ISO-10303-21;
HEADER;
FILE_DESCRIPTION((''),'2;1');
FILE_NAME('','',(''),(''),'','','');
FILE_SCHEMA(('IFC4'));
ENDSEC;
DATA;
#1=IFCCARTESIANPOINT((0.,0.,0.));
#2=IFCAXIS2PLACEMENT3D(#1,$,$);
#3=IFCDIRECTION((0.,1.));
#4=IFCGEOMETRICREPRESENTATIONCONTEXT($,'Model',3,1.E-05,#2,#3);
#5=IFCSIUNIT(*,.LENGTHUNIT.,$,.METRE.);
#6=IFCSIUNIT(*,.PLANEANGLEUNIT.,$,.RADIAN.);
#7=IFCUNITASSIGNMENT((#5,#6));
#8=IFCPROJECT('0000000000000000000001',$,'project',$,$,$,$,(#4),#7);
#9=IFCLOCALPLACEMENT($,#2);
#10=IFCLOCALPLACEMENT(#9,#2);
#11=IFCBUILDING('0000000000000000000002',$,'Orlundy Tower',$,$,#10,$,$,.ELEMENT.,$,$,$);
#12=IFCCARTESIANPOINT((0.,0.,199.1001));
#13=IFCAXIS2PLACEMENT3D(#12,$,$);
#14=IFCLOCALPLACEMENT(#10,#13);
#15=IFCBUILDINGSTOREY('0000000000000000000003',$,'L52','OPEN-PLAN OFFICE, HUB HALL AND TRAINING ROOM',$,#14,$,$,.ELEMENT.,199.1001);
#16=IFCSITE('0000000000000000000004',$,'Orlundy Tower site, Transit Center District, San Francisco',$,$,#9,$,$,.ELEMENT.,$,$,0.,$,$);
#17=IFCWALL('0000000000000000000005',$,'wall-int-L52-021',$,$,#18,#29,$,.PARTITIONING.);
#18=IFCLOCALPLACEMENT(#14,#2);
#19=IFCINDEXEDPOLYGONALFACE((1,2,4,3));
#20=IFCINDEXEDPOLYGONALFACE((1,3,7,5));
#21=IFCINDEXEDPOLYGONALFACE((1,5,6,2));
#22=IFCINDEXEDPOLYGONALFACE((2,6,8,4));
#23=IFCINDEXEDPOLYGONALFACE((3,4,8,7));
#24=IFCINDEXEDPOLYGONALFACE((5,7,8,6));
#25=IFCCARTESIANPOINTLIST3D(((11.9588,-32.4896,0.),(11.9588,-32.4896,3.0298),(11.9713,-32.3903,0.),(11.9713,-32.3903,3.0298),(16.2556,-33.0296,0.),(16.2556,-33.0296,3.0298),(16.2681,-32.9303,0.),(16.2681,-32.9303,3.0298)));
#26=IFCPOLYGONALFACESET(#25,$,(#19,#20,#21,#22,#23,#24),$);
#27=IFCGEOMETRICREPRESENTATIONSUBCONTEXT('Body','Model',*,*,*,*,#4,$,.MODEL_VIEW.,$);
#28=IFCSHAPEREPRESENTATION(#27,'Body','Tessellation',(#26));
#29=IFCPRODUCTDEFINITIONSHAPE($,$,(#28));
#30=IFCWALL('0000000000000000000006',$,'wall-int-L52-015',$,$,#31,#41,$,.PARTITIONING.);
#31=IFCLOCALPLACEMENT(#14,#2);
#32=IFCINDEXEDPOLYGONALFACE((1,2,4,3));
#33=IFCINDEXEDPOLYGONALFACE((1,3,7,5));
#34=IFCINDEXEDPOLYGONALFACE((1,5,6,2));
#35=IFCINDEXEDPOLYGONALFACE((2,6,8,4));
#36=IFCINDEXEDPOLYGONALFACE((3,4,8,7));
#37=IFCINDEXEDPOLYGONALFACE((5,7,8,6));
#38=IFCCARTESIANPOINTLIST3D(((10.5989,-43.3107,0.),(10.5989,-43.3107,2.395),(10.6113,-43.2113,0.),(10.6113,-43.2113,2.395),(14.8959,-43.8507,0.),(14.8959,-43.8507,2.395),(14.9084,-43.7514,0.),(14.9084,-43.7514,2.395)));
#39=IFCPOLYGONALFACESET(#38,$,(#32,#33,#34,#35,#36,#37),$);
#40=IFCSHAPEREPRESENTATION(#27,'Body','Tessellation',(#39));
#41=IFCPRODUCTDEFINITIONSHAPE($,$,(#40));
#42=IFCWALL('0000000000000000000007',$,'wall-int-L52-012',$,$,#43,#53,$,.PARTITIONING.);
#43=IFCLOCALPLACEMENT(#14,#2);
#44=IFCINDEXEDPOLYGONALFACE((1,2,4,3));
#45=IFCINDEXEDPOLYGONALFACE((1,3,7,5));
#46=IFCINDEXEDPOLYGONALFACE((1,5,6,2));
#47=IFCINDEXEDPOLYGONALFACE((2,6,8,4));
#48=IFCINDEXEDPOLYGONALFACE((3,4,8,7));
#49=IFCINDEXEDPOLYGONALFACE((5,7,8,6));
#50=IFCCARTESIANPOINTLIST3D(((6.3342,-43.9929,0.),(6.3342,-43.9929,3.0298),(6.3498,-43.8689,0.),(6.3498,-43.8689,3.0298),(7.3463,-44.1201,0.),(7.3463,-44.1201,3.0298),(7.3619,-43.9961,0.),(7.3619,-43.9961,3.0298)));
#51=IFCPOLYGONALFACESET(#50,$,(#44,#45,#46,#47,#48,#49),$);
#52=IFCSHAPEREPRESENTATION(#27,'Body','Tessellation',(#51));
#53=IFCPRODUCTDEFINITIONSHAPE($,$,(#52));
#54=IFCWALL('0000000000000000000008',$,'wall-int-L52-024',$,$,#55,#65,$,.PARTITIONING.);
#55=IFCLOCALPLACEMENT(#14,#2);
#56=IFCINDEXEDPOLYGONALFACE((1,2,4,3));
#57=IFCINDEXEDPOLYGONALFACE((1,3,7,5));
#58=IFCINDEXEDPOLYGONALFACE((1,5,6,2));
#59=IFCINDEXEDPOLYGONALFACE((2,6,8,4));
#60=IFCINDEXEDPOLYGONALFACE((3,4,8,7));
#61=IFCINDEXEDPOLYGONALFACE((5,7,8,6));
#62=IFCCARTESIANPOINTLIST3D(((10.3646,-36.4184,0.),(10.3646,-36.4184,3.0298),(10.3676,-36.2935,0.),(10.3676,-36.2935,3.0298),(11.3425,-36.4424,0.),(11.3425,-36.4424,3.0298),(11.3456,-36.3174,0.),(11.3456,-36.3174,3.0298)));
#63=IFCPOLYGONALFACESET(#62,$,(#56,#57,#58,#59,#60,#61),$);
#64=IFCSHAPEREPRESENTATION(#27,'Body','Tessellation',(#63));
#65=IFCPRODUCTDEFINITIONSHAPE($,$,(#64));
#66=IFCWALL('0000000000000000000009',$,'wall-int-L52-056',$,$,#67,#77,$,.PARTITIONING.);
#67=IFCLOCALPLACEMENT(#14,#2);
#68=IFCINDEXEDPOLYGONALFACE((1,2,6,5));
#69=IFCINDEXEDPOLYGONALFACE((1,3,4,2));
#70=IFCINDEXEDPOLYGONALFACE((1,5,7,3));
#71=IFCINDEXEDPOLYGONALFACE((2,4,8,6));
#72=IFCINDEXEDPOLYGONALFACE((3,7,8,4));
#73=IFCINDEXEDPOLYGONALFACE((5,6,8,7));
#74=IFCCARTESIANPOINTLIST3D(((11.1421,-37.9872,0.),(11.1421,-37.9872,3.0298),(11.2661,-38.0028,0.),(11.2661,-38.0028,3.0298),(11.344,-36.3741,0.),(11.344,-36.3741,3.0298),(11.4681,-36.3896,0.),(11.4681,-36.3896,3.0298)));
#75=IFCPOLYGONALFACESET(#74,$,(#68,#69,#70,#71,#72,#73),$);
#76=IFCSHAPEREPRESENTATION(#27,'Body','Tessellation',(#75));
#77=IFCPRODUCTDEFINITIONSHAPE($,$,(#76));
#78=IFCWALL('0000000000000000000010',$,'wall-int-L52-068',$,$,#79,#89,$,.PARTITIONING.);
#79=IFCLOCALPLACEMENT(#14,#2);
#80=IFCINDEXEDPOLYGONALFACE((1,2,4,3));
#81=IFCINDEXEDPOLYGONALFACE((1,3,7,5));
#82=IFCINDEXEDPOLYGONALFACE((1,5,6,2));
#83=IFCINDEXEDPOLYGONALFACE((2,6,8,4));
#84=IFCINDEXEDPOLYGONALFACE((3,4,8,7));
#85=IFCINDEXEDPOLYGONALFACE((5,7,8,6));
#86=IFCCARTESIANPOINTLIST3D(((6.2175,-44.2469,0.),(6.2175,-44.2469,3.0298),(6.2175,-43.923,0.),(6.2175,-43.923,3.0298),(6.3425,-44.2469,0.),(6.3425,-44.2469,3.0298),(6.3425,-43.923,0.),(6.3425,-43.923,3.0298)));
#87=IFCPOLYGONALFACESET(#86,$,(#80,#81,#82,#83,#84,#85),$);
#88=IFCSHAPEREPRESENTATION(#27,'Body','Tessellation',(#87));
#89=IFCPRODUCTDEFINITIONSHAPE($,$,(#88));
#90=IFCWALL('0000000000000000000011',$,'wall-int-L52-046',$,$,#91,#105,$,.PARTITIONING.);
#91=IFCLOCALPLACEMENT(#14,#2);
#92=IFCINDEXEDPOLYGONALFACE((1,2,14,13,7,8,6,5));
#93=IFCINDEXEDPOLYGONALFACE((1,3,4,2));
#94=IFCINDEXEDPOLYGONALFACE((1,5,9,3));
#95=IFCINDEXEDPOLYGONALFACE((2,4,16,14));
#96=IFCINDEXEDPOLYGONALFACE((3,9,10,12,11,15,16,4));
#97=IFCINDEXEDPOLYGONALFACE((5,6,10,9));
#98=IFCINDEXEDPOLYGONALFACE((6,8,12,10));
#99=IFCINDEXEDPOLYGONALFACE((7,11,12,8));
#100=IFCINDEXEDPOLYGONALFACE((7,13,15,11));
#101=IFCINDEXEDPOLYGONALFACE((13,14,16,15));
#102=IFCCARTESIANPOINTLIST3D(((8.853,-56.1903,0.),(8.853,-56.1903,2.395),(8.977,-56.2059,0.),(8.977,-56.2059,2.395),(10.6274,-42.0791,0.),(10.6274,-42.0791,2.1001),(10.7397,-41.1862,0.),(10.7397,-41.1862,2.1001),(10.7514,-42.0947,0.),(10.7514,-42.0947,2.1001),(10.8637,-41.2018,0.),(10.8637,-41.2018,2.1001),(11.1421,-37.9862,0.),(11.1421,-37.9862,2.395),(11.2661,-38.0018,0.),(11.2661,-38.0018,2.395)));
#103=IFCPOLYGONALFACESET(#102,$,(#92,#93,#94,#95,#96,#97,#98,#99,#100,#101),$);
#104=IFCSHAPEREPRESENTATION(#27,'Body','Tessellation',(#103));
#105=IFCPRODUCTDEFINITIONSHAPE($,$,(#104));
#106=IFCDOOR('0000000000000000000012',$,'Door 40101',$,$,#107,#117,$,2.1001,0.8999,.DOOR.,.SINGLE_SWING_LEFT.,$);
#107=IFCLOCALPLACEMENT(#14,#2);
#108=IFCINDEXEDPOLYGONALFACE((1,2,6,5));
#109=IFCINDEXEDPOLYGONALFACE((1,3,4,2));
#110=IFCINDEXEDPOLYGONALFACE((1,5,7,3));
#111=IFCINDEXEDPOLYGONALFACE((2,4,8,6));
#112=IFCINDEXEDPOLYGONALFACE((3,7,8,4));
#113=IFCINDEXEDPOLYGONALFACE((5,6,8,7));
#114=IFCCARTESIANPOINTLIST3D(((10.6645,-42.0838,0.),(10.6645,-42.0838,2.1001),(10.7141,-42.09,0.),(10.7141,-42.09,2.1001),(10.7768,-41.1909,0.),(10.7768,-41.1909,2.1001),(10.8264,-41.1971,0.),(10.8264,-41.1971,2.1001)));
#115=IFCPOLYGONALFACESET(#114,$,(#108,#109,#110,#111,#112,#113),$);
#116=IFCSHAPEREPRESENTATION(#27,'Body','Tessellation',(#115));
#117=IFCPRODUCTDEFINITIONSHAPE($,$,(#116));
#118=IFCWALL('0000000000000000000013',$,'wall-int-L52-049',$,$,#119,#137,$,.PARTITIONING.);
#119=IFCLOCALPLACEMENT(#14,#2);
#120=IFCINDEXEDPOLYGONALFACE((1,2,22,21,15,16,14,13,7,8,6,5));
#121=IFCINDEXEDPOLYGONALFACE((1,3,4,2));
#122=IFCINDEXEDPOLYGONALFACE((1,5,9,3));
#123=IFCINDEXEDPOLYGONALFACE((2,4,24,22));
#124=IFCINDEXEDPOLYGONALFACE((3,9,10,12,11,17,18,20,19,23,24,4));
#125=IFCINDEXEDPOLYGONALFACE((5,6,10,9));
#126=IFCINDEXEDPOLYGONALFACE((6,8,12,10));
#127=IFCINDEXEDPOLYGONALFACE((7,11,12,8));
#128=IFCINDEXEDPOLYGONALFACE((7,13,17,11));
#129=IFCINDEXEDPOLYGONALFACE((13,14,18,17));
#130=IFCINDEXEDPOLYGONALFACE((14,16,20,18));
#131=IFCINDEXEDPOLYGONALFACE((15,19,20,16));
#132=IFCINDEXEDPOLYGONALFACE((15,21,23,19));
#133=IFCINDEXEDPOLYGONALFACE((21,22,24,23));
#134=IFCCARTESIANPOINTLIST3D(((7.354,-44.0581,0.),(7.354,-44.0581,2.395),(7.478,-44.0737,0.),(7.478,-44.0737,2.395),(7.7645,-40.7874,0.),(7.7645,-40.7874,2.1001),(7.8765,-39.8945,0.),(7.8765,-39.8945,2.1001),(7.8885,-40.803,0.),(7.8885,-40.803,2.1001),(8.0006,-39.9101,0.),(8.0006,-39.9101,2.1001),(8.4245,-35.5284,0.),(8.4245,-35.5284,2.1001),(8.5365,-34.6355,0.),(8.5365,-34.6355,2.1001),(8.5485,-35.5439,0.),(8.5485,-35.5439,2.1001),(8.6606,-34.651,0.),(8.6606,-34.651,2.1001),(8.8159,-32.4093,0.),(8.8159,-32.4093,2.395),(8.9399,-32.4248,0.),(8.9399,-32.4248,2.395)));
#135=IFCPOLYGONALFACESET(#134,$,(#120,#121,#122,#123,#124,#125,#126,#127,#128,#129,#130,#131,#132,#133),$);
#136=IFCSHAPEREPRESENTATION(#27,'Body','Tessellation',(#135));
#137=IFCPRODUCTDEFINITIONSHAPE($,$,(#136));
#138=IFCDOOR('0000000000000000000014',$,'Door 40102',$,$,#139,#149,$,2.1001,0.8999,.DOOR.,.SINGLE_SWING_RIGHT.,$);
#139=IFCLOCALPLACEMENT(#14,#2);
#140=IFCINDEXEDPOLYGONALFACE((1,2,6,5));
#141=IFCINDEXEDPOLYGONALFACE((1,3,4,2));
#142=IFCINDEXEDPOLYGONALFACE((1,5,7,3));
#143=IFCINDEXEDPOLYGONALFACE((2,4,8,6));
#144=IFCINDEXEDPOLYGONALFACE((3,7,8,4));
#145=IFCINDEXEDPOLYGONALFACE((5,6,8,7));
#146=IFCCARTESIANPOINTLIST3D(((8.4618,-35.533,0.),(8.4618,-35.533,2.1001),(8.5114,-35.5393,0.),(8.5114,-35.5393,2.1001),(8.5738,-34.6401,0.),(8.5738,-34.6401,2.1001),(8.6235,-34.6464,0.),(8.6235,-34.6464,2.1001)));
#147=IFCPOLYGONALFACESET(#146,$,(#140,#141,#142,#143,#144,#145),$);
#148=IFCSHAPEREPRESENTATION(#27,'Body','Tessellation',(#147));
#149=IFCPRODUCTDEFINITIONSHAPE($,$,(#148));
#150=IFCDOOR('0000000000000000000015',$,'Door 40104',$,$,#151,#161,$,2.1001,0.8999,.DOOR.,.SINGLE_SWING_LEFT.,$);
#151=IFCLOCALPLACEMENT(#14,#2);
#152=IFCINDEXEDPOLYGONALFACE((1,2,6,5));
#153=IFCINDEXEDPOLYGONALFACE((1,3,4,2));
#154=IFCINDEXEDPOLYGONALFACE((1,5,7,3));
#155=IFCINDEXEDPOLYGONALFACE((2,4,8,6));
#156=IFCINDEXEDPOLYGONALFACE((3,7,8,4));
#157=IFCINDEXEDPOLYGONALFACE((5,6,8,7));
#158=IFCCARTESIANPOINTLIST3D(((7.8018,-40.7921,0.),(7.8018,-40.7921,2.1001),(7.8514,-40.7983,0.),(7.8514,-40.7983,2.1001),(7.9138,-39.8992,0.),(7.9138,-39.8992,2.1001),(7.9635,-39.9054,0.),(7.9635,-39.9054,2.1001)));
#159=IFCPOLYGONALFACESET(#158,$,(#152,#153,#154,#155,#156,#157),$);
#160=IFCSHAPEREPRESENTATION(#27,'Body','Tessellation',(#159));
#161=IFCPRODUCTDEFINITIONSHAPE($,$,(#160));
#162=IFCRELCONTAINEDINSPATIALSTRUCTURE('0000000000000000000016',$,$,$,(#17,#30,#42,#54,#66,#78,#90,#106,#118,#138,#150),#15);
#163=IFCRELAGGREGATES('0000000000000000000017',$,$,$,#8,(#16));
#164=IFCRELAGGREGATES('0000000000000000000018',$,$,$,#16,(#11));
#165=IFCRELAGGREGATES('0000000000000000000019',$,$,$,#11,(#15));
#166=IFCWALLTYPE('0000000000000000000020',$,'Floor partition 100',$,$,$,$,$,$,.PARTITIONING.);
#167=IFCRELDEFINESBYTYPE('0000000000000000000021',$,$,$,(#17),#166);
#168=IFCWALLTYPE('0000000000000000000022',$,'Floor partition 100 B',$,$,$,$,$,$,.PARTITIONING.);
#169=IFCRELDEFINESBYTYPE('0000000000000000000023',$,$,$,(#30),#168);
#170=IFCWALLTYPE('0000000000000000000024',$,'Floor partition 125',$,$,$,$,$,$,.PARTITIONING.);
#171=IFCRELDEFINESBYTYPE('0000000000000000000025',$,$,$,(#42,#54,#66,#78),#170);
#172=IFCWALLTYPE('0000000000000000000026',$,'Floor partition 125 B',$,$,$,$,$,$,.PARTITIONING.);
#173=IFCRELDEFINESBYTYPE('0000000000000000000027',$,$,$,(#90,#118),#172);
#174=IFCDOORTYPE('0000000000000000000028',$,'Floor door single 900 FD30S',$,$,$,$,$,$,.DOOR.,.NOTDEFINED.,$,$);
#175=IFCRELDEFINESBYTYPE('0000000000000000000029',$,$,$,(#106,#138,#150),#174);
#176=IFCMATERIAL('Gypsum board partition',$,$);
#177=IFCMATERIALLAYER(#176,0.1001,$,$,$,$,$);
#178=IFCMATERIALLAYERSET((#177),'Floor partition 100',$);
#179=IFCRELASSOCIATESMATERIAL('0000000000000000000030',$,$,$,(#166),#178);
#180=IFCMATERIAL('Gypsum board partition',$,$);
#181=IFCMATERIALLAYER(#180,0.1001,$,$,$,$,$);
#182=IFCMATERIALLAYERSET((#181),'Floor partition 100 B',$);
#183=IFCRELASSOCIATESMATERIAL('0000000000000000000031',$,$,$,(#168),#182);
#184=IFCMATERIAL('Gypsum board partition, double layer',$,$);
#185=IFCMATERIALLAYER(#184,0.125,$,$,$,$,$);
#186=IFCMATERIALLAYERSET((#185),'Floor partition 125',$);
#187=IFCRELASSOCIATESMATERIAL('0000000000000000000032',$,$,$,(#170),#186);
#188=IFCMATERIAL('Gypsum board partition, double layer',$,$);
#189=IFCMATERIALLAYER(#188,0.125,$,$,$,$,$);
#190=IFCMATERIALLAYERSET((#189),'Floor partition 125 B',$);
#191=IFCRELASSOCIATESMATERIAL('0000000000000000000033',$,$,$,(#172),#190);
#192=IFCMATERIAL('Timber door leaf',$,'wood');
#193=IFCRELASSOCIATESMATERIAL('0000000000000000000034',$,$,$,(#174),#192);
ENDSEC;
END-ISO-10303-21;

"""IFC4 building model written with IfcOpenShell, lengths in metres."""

from ifc_helpers import new_model, si_unit, direction, frame, frame_2d, origin, place, context, subcontext, project, spatial, rectangle, extrude, material, layer, layer_set, type_object, element, fill, save


model = new_model("IFC4")

# Units and contexts
model_context = context("Model", 3, precision=1e-05, world=origin(), true_north=direction((0.0, 1.0)))
body_context = subcontext(model_context, "Body", "Model", "MODEL_VIEW")
ifc_project = project(units=[si_unit("LENGTHUNIT", "METRE"), si_unit("PLANEANGLEUNIT", "RADIAN")], contexts=[model_context])

# Site, building, storey
site_placement = place(None, origin())
site = spatial("IfcSite", under=ifc_project, at=site_placement, Name="Orlundy Tower site, Transit Center District, San Francisco", CompositionType="ELEMENT", RefElevation=0.0)
building_placement = place(site_placement, origin())
building = spatial("IfcBuilding", under=site, at=building_placement, Name="Orlundy Tower", CompositionType="ELEMENT")
storey_placement = place(building_placement, frame((0.0, 0.0, 199.1001)))
storey = spatial("IfcBuildingStorey", under=building, at=storey_placement, Name="L52", Description="OPEN-PLAN OFFICE, HUB HALL AND TRAINING ROOM", CompositionType="ELEMENT", Elevation=199.1001)

# Walls
ifc_material_1 = material(Name="Gypsum board partition")
ifc_layer_1 = layer(ifc_material_1, 0.1001)
ifc_layer_set_1 = layer_set([ifc_layer_1], Name="Floor partition 100")
wall_type_1 = type_object("IfcWallType", Name="Floor partition 100", PredefinedType="PARTITIONING", material=ifc_layer_set_1)
for number, where, z_axis, x_axis, name in (
    (1, (11.9651, -32.4399, 0.0), (0.0, 0.0, 1.0), (0.992194, -0.124701, 0.0), "wall-int-L52-021"),
):
    element("IfcWall", number, at=place(storey_placement, frame(where, z_axis=z_axis, x_axis=x_axis)), inside=storey, type_object=wall_type_1, Name=name, PredefinedType="PARTITIONING", context=body_context, shape_type="SweptSolid", body=[
        extrude(rectangle(XDim=4.3306, YDim=0.1001, at=frame_2d((2.1653, 0.0))), origin(), (0.0, 0.0, 1.0), 3.0298),
    ])
ifc_material_2 = material(Name="Gypsum board partition")
ifc_layer_2 = layer(ifc_material_2, 0.1001)
ifc_layer_set_2 = layer_set([ifc_layer_2], Name="Floor partition 100 B")
wall_type_2 = type_object("IfcWallType", Name="Floor partition 100 B", PredefinedType="PARTITIONING", material=ifc_layer_set_2)
wall_1_placement = place(storey_placement, frame((10.605, -43.261, 0.0), z_axis=(0.0, 0.0, 1.0), x_axis=(0.992195, -0.124694, 0.0)))
element("IfcWall", 2, at=wall_1_placement, inside=storey, type_object=wall_type_2, Name="wall-int-L52-015", PredefinedType="PARTITIONING", context=body_context, shape_type="SweptSolid", body=[
    extrude(rectangle(XDim=4.3308, YDim=0.1001, at=frame_2d((2.1655, 0.0))), origin(), (0.0, 0.0, 1.0), 2.395),
])
ifc_material_3 = material(Name="Gypsum board partition, double layer")
ifc_layer_3 = layer(ifc_material_3, 0.125)
ifc_layer_set_3 = layer_set([ifc_layer_3], Name="Floor partition 125")
wall_type_3 = type_object("IfcWallType", Name="Floor partition 125", PredefinedType="PARTITIONING", material=ifc_layer_set_3)
wall_2_placement = place(storey_placement, frame((6.342, -43.9309, 0.0), z_axis=(0.0, 0.0, 1.0), x_axis=(0.992193, -0.124712, 0.0)))
element("IfcWall", 3, at=wall_2_placement, inside=storey, type_object=wall_type_3, Name="wall-int-L52-012", PredefinedType="PARTITIONING", context=body_context, shape_type="SweptSolid", body=[
    extrude(rectangle(XDim=1.02, YDim=0.125, at=frame_2d((0.51, 0.0))), origin(), (0.0, 0.0, 1.0), 3.0298),
])
wall_3_placement = place(storey_placement, frame((10.366, -36.356, 0.0), z_axis=(0.0, 0.0, 1.0), x_axis=(0.999701, -0.024456, 0.0)))
element("IfcWall", 4, at=wall_3_placement, inside=storey, type_object=wall_type_3, Name="wall-int-L52-024", PredefinedType="PARTITIONING", context=body_context, shape_type="SweptSolid", body=[
    extrude(rectangle(XDim=0.9783, YDim=0.125, at=frame_2d((0.4893, 0.0))), origin(), (0.0, 0.0, 1.0), 3.0298),
])
wall_4_placement = place(storey_placement, frame((11.2041, -37.9951, 0.0), z_axis=(0.0, 0.0, 1.0), x_axis=(0.124201, 0.992257, 0.0)))
element("IfcWall", 5, at=wall_4_placement, inside=storey, type_object=wall_type_3, Name="wall-int-L52-056", PredefinedType="PARTITIONING", context=body_context, shape_type="SweptSolid", body=[
    extrude(rectangle(XDim=1.6257, YDim=0.125, at=frame_2d((0.813, 0.0))), origin(), (0.0, 0.0, 1.0), 3.0298),
])
wall_5_placement = place(storey_placement, frame((6.28, -44.2471, 0.0), z_axis=(0.0, 0.0, 1.0), x_axis=(0.0, 1.0, 0.0)))
element("IfcWall", 6, at=wall_5_placement, inside=storey, type_object=wall_type_3, Name="wall-int-L52-068", PredefinedType="PARTITIONING", context=body_context, shape_type="SweptSolid", body=[
    extrude(rectangle(XDim=0.324, YDim=0.125, at=frame_2d((0.1621, 0.0))), origin(), (0.0, 0.0, 1.0), 3.0298),
])

# Wall, opening, door
ifc_material_4 = material(Name="Gypsum board partition, double layer")
ifc_layer_4 = layer(ifc_material_4, 0.125)
ifc_layer_set_4 = layer_set([ifc_layer_4], Name="Floor partition 125 B")
wall_type_4 = type_object("IfcWallType", Name="Floor partition 125 B", PredefinedType="PARTITIONING", material=ifc_layer_set_4)
wall_6_placement = place(storey_placement, frame((11.2041, -37.9939, 0.0), z_axis=(0.0, 0.0, 1.0), x_axis=(-0.124762, -0.992187, 0.0)))
wall_6 = element("IfcWall", 7, at=wall_6_placement, inside=storey, type_object=wall_type_4, Name="wall-int-L52-046", PredefinedType="PARTITIONING", context=body_context, shape_type="SweptSolid", body=[
    extrude(rectangle(XDim=18.3474, YDim=0.125, at=frame_2d((9.1738, 0.0))), origin(), (0.0, 0.0, 1.0), 2.395),
])
opening_1_placement = place(wall_6_placement, frame((3.2253, 0.0, 0.0)))
opening_1 = element("IfcOpeningElement", 8, at=opening_1_placement, cuts=wall_6, PredefinedType="OPENING", context=body_context, shape_type="SweptSolid", body=[
    extrude(rectangle(XDim=0.8999, YDim=2.1001, at=frame_2d((0.45, 1.05))), frame((0.0, 0.0725, 0.0), z_axis=(0.0, -1.0, 0.0), x_axis=(1.0, 0.0, 0.0)), (0.0, 0.0, 1.0), 0.145),
])
ifc_material_5 = material(Name="Timber door leaf", Category="wood")
door_type = type_object("IfcDoorType", Name="Floor door single 900 FD30S", OperationType="NOTDEFINED", PredefinedType="DOOR", material=ifc_material_5)
door_1_placement = place(opening_1_placement, origin())
door_1 = element("IfcDoor", 9, at=door_1_placement, inside=storey, type_object=door_type, Name="Door 40101", OperationType="SINGLE_SWING_LEFT", OverallHeight=2.1001, OverallWidth=0.8999, PredefinedType="DOOR", context=body_context, shape_type="SweptSolid", body=[
    extrude(rectangle(XDim=0.8999, YDim=2.1001, at=frame_2d((0.45, 1.05))), frame((0.0, 0.0249, 0.0), z_axis=(0.0, -1.0, 0.0), x_axis=(1.0, 0.0, 0.0)), (0.0, 0.0, 1.0), 0.05),
])
fill(opening_1, door_1)

# Wall, openings, doors
wall_7_placement = place(storey_placement, frame((7.416, -44.0659, 0.0), z_axis=(0.0, 0.0, 1.0), x_axis=(0.124521, 0.992217, 0.0)))
wall_7 = element("IfcWall", 10, at=wall_7_placement, inside=storey, type_object=wall_type_4, Name="wall-int-L52-049", PredefinedType="PARTITIONING", context=body_context, shape_type="SweptSolid", body=[
    extrude(rectangle(XDim=11.7402, YDim=0.125, at=frame_2d((5.8701, 0.0))), origin(), (0.0, 0.0, 1.0), 2.395),
])
opening_2_placement = place(wall_7_placement, frame((8.5967, 0.0, 0.0)))
opening_2 = element("IfcOpeningElement", 11, at=opening_2_placement, cuts=wall_7, PredefinedType="OPENING", context=body_context, shape_type="SweptSolid", body=[
    extrude(rectangle(XDim=0.8999, YDim=2.1001, at=frame_2d((0.45, 1.05))), frame((0.0, 0.0725, 0.0), z_axis=(0.0, -1.0, 0.0), x_axis=(1.0, 0.0, 0.0)), (0.0, 0.0, 1.0), 0.145),
])
opening_3_placement = place(wall_7_placement, frame((3.2964, 0.0, 0.0)))
opening_3 = element("IfcOpeningElement", 12, at=opening_3_placement, cuts=wall_7, PredefinedType="OPENING", context=body_context, shape_type="SweptSolid", body=[
    extrude(rectangle(XDim=0.8999, YDim=2.1001, at=frame_2d((0.45, 1.05))), frame((0.0, 0.0725, 0.0), z_axis=(0.0, -1.0, 0.0), x_axis=(1.0, 0.0, 0.0)), (0.0, 0.0, 1.0), 0.145),
])
door_2_placement = place(opening_2_placement, origin())
door_2 = element("IfcDoor", 13, at=door_2_placement, inside=storey, type_object=door_type, Name="Door 40102", OperationType="SINGLE_SWING_RIGHT", OverallHeight=2.1001, OverallWidth=0.8999, PredefinedType="DOOR", context=body_context, shape_type="SweptSolid", body=[
    extrude(rectangle(XDim=0.8999, YDim=2.1001, at=frame_2d((0.45, 1.05))), frame((0.0, 0.0249, 0.0), z_axis=(0.0, -1.0, 0.0), x_axis=(1.0, 0.0, 0.0)), (0.0, 0.0, 1.0), 0.05),
])
fill(opening_2, door_2)
door_3_placement = place(opening_3_placement, origin())
door_3 = element("IfcDoor", 14, at=door_3_placement, inside=storey, type_object=door_type, Name="Door 40104", OperationType="SINGLE_SWING_LEFT", OverallHeight=2.1001, OverallWidth=0.8999, PredefinedType="DOOR", context=body_context, shape_type="SweptSolid", body=[
    extrude(rectangle(XDim=0.8999, YDim=2.1001, at=frame_2d((0.45, 1.05))), frame((0.0, 0.0249, 0.0), z_axis=(0.0, -1.0, 0.0), x_axis=(1.0, 0.0, 0.0)), (0.0, 0.0, 1.0), 0.05),
])
fill(opening_3, door_3)

save(model, "model.ifc")
